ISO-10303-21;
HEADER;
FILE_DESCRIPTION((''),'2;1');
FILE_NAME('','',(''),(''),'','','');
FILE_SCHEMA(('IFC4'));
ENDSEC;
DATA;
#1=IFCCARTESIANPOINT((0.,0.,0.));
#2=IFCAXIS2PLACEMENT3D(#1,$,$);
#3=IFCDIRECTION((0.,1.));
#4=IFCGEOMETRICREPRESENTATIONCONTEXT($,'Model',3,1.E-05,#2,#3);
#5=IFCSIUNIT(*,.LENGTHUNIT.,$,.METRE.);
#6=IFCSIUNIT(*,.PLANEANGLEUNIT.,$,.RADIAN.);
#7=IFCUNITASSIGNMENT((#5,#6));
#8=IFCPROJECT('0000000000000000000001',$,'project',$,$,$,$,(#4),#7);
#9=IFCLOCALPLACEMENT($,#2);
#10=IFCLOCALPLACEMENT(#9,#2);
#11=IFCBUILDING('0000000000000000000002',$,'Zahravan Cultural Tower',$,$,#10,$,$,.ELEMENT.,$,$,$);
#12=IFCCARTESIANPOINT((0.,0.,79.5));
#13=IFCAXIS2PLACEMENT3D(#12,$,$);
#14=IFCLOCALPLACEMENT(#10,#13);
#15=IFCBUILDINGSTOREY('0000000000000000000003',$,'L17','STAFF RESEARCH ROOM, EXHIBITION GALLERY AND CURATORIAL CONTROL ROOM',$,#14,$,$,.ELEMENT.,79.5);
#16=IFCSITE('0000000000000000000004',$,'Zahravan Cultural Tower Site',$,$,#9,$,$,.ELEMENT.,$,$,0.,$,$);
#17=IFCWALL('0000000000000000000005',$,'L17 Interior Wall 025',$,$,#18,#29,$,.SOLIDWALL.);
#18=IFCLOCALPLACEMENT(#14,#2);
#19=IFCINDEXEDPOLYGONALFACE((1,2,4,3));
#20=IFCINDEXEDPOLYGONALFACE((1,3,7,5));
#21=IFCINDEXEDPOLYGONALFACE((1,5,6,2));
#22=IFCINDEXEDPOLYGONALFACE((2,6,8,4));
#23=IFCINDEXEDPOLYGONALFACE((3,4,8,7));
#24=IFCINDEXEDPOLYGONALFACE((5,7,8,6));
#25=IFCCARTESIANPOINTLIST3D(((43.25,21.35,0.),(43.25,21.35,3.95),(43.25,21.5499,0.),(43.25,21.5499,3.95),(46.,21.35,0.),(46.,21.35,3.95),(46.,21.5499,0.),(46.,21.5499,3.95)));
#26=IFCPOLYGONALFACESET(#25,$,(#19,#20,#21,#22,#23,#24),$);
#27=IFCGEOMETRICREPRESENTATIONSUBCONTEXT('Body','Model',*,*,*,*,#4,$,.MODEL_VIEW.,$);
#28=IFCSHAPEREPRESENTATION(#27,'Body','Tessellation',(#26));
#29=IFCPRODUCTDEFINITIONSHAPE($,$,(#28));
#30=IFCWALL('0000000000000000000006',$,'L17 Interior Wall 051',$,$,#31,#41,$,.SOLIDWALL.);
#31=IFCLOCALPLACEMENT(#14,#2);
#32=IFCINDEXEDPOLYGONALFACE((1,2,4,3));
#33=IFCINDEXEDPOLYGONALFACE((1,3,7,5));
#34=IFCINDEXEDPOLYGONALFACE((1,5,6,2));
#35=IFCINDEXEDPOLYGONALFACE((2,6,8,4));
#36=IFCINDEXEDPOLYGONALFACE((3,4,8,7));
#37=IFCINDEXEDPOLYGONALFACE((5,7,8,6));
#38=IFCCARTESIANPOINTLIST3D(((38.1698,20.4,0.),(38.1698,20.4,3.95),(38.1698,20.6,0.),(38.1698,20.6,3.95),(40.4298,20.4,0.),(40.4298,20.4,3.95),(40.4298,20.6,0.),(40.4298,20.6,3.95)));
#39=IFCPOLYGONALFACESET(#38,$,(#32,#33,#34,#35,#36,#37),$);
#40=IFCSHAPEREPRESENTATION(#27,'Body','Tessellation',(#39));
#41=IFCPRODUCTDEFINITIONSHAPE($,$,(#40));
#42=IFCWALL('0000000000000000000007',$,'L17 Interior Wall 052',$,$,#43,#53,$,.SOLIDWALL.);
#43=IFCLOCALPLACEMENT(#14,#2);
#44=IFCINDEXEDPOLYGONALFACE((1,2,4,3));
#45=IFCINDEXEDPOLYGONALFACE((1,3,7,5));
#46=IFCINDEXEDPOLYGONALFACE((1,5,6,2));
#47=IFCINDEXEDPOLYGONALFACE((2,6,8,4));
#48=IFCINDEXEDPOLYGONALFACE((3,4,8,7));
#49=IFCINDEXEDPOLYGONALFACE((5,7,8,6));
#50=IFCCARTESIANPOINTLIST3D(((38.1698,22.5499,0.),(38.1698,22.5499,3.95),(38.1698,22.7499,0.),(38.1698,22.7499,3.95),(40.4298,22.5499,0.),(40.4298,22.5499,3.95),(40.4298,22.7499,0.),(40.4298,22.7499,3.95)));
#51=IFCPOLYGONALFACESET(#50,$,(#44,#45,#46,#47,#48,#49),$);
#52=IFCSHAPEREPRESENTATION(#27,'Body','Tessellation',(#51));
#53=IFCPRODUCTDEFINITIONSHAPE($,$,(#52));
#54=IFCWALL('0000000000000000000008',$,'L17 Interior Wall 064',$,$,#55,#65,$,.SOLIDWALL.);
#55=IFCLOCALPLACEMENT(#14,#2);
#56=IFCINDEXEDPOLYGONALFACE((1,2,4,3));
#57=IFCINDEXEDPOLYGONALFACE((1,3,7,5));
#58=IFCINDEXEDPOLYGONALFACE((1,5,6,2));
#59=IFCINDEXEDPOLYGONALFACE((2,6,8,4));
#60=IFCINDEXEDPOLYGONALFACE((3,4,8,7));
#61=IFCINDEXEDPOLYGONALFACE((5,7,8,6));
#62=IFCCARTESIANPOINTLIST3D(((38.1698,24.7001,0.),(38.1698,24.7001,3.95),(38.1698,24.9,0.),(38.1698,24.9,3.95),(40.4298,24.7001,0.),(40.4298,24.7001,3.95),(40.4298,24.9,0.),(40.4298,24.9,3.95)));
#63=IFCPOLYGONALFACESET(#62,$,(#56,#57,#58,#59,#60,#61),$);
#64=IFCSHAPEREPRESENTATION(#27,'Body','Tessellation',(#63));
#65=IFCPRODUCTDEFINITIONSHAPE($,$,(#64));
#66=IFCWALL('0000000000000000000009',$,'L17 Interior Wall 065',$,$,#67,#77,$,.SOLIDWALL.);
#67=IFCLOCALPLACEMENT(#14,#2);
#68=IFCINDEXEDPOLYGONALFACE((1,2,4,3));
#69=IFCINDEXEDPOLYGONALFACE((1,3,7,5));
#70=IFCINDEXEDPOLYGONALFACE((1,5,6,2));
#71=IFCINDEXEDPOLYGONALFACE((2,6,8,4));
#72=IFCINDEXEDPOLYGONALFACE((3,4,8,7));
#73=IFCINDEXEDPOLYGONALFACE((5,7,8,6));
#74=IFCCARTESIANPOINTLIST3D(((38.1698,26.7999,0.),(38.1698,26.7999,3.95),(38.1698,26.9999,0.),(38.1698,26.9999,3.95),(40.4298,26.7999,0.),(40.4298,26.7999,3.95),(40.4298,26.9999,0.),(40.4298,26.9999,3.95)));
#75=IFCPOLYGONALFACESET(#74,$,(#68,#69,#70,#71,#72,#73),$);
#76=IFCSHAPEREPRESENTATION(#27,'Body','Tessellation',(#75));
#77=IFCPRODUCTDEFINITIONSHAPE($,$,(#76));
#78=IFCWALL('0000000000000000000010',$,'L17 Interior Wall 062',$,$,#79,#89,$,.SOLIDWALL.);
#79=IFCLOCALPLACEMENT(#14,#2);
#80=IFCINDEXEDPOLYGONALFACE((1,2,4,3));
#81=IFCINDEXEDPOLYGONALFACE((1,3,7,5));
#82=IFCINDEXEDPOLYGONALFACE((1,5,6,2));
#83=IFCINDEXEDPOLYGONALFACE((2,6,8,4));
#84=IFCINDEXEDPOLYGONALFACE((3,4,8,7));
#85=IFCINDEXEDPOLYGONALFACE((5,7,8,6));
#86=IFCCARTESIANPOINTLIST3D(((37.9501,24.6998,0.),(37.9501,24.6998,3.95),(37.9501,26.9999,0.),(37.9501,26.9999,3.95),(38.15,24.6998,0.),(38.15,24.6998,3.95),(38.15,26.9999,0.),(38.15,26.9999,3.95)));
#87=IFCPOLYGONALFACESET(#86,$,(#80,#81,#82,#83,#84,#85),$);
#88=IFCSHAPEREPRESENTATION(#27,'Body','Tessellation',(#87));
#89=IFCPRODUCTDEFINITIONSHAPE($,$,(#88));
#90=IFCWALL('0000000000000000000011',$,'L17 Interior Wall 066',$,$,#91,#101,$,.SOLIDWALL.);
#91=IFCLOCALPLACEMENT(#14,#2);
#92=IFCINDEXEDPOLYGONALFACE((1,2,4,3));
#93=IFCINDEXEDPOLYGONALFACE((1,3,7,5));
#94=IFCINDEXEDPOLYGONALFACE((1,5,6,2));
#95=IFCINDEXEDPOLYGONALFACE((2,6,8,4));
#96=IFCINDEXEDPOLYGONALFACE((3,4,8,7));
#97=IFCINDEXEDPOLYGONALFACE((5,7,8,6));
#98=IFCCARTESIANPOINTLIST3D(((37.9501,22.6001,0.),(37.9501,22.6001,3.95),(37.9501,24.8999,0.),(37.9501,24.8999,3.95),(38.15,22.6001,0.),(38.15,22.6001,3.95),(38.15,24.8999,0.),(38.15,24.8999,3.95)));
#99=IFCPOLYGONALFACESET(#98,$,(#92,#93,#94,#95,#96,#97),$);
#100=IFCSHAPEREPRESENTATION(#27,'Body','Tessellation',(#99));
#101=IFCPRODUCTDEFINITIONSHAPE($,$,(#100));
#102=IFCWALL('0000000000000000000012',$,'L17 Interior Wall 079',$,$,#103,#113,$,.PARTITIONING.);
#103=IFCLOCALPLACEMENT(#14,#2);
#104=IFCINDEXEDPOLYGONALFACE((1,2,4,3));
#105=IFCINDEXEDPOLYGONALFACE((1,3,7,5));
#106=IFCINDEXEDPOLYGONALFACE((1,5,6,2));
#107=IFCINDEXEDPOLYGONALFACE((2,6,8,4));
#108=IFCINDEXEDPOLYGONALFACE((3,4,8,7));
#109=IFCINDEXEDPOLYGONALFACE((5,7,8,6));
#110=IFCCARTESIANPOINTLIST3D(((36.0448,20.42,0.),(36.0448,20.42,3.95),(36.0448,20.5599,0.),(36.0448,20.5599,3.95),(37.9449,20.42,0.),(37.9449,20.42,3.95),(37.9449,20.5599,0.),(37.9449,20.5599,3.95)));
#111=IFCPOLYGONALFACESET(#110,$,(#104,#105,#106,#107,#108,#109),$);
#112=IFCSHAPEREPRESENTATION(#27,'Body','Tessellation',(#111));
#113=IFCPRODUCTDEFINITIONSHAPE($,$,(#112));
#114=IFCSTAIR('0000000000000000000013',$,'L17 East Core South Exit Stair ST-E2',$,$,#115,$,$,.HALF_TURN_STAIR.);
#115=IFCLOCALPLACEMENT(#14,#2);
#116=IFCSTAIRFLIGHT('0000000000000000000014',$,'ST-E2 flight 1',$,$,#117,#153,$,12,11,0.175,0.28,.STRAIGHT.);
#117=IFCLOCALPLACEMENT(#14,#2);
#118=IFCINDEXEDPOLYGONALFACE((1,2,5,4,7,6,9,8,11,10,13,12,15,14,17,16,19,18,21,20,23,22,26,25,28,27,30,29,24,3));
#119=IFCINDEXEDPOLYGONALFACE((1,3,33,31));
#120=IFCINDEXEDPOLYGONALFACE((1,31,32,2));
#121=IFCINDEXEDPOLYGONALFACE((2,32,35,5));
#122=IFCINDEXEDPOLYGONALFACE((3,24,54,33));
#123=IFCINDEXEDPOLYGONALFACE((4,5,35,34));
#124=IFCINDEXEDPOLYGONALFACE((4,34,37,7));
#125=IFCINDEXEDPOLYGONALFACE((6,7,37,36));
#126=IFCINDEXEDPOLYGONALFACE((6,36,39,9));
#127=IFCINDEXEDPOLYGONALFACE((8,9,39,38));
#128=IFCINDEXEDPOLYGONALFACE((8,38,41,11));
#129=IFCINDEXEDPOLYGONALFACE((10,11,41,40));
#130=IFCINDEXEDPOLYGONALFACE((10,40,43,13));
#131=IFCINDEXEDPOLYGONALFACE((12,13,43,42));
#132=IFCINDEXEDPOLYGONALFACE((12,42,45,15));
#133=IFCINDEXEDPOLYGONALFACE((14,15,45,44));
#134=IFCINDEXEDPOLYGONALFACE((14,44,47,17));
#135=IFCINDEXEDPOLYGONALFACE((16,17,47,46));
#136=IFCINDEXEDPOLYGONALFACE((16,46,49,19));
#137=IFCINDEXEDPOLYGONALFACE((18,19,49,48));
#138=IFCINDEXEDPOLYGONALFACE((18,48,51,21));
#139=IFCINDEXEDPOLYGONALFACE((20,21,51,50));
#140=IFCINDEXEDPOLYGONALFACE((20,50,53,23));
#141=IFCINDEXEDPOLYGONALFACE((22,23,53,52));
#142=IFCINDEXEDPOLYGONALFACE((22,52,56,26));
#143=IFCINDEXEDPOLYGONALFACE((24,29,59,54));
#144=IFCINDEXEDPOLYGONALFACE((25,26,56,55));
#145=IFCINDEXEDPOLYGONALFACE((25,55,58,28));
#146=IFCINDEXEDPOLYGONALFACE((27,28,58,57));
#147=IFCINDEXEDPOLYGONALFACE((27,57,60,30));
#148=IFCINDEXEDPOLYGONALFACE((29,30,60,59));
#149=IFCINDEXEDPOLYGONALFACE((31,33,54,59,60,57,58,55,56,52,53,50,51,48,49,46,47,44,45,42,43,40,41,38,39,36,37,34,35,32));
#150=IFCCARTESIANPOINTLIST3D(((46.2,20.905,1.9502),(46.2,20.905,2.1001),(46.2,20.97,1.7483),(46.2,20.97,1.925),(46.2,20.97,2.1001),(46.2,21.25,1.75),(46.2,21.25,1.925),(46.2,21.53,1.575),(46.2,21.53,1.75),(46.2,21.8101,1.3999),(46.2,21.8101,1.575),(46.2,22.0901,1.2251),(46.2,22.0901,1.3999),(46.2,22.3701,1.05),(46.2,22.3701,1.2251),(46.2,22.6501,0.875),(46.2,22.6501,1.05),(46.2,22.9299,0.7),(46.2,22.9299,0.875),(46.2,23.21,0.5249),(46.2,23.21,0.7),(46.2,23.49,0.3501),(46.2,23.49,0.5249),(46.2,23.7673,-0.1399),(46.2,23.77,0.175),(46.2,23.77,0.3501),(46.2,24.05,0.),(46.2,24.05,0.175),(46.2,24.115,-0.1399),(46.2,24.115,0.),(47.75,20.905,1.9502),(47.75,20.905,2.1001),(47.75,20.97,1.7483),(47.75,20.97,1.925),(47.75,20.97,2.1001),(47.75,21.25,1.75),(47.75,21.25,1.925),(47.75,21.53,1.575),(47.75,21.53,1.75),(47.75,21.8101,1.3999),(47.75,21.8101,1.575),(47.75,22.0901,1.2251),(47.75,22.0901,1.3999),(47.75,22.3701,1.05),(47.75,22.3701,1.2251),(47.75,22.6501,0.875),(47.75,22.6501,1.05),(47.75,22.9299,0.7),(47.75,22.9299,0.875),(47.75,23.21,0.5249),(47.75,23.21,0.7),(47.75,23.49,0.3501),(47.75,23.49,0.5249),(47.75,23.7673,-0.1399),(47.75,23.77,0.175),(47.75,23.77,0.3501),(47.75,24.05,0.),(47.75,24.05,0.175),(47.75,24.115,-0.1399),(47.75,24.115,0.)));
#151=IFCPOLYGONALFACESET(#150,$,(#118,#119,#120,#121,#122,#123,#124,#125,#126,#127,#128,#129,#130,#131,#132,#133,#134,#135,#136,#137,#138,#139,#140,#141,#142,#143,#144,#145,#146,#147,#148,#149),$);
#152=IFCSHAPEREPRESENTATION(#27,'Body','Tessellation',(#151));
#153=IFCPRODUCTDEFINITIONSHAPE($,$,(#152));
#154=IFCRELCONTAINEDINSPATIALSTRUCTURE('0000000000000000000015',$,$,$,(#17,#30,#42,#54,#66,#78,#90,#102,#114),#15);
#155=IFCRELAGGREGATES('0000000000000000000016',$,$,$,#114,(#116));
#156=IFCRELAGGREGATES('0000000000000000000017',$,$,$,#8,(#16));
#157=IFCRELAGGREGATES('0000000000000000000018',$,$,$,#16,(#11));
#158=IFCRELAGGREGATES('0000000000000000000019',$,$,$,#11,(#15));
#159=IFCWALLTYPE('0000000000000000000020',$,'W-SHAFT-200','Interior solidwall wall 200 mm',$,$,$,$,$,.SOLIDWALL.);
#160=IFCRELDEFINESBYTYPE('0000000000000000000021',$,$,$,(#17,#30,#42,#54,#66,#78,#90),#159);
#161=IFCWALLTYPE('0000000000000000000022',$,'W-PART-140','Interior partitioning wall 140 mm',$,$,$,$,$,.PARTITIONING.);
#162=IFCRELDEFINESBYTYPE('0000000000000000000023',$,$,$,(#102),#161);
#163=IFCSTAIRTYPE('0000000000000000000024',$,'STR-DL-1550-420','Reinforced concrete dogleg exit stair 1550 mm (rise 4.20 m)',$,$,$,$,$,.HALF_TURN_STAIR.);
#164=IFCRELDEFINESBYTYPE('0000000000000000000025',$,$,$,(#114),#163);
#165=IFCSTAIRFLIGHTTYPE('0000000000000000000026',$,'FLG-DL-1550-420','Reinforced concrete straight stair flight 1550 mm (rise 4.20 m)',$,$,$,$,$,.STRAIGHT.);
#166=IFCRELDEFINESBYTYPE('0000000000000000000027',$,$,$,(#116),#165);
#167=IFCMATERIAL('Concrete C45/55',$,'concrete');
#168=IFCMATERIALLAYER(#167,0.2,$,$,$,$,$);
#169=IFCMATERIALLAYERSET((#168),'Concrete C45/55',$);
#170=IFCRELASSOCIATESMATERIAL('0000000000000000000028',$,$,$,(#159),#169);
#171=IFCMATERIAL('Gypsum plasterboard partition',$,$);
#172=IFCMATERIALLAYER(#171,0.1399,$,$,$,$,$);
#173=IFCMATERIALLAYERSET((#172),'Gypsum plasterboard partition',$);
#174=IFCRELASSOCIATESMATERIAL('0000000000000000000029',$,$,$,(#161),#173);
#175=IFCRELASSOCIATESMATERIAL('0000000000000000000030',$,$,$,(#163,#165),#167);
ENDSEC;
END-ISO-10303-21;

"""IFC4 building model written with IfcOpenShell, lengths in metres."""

from ifc_helpers import new_model, si_unit, direction, frame, frame_2d, origin, place, context, subcontext, project, spatial, polyline, rectangle, outline, extrude, source, transform, mapped, material, layer, layer_set, type_object, element, aggregate, save


model = new_model("IFC4")

# Units and contexts
model_context = context("Model", 3, precision=1e-05, world=origin(), true_north=direction((0.0, 1.0)))
body_context = subcontext(model_context, "Body", "Model", "MODEL_VIEW")
ifc_project = project(units=[si_unit("LENGTHUNIT", "METRE"), si_unit("PLANEANGLEUNIT", "RADIAN")], contexts=[model_context])

# Site, building, storey
site_placement = place(None, origin())
site = spatial("IfcSite", under=ifc_project, at=site_placement, Name="Zahravan Cultural Tower Site", CompositionType="ELEMENT", RefElevation=0.0)
building_placement = place(site_placement, origin())
building = spatial("IfcBuilding", under=site, at=building_placement, Name="Zahravan Cultural Tower", CompositionType="ELEMENT")
storey_placement = place(building_placement, frame((0.0, 0.0, 79.5)))
storey = spatial("IfcBuildingStorey", under=building, at=storey_placement, Name="L17", Description="STAFF RESEARCH ROOM, EXHIBITION GALLERY AND CURATORIAL CONTROL ROOM", CompositionType="ELEMENT", Elevation=79.5)

# Shared definitions
ifc_material_1 = material(Name="Gypsum plasterboard partition")
ifc_material_2 = material(Name="Concrete C45/55", Category="concrete")
ifc_layer_1 = layer(ifc_material_2, 0.2)
ifc_layer_set_1 = layer_set([ifc_layer_1], Name="Concrete C45/55")
wall_type_1 = type_object("IfcWallType", Name="W-SHAFT-200", Description="Interior solidwall wall 200 mm", PredefinedType="SOLIDWALL", material=ifc_layer_set_1)

# Walls
shared_shape_1 = source(origin(), body_context, "Body", "SweptSolid", [
    extrude(rectangle(XDim=2.75, YDim=0.2, at=frame_2d((1.375, 0.0))), origin(), (0.0, 0.0, 1.0), 3.95),
])
for number, where, z_axis, x_axis, name in (
    (1, (43.25, 21.45, 0.0), (0.0, 0.0, 1.0), (1.0, 0.0, 0.0), "L17 Interior Wall 025"),
):
    element("IfcWall", number, at=place(storey_placement, frame(where, z_axis=z_axis, x_axis=x_axis)), inside=storey, type_object=wall_type_1, Name=name, PredefinedType="SOLIDWALL", context=body_context, shape_type="MappedRepresentation", body=[
        mapped(shared_shape_1, transform((0.0, 0.0, 0.0), x_axis=(1.0, 0.0, 0.0), y_axis=(0.0, 1.0, 0.0), z_axis=(0.0, 0.0, 1.0), scale=1.0)),
    ])
shared_shape_2 = source(origin(), body_context, "Body", "SweptSolid", [
    extrude(rectangle(XDim=2.26, YDim=0.2, at=frame_2d((1.1299, 0.0))), origin(), (0.0, 0.0, 1.0), 3.95),
])
for number, where, z_axis, x_axis, name in (
    (2, (38.1699, 20.5, 0.0), (0.0, 0.0, 1.0), (1.0, 0.0, 0.0), "L17 Interior Wall 051"),
    (3, (38.1699, 22.6499, 0.0), (0.0, 0.0, 1.0), (1.0, 0.0, 0.0), "L17 Interior Wall 052"),
    (4, (38.1699, 24.8, 0.0), (0.0, 0.0, 1.0), (1.0, 0.0, 0.0), "L17 Interior Wall 064"),
    (5, (38.1699, 26.8999, 0.0), (0.0, 0.0, 1.0), (1.0, 0.0, 0.0), "L17 Interior Wall 065"),
):
    element("IfcWall", number, at=place(storey_placement, frame(where, z_axis=z_axis, x_axis=x_axis)), inside=storey, type_object=wall_type_1, Name=name, PredefinedType="SOLIDWALL", context=body_context, shape_type="MappedRepresentation", body=[
        mapped(shared_shape_2, transform((0.0, 0.0, 0.0), x_axis=(1.0, 0.0, 0.0), y_axis=(0.0, 1.0, 0.0), z_axis=(0.0, 0.0, 1.0), scale=1.0)),
    ])
shared_shape_3 = source(origin(), body_context, "Body", "SweptSolid", [
    extrude(rectangle(XDim=2.3, YDim=0.2, at=frame_2d((1.1499, 0.0))), origin(), (0.0, 0.0, 1.0), 3.95),
])
wall_1_placement = place(storey_placement, frame((38.05, 24.7, 0.0), z_axis=(0.0, 0.0, 1.0), x_axis=(0.0, 1.0, 0.0)))
element("IfcWall", 6, at=wall_1_placement, inside=storey, type_object=wall_type_1, Name="L17 Interior Wall 062", PredefinedType="SOLIDWALL", context=body_context, shape_type="MappedRepresentation", body=[
    mapped(shared_shape_3, transform((0.0, 0.0, 0.0), x_axis=(1.0, 0.0, 0.0), y_axis=(0.0, 1.0, 0.0), z_axis=(0.0, 0.0, 1.0), scale=1.0)),
])
shared_shape_4 = source(origin(), body_context, "Body", "SweptSolid", [
    extrude(rectangle(XDim=2.2998, YDim=0.2, at=frame_2d((1.1499, 0.0))), origin(), (0.0, 0.0, 1.0), 3.95),
])
wall_2_placement = place(storey_placement, frame((38.05, 22.6001, 0.0), z_axis=(0.0, 0.0, 1.0), x_axis=(0.0, 1.0, 0.0)))
element("IfcWall", 7, at=wall_2_placement, inside=storey, type_object=wall_type_1, Name="L17 Interior Wall 066", PredefinedType="SOLIDWALL", context=body_context, shape_type="MappedRepresentation", body=[
    mapped(shared_shape_4, transform((0.0, 0.0, 0.0), x_axis=(1.0, 0.0, 0.0), y_axis=(0.0, 1.0, 0.0), z_axis=(0.0, 0.0, 1.0), scale=1.0)),
])
ifc_layer_2 = layer(ifc_material_1, 0.1399)
ifc_layer_set_2 = layer_set([ifc_layer_2], Name="Gypsum plasterboard partition")
wall_type_2 = type_object("IfcWallType", Name="W-PART-140", Description="Interior partitioning wall 140 mm", PredefinedType="PARTITIONING", material=ifc_layer_set_2)
shared_shape_5 = source(origin(), body_context, "Body", "SweptSolid", [
    extrude(rectangle(XDim=1.9001, YDim=0.1399, at=frame_2d((0.9502, 0.0))), origin(), (0.0, 0.0, 1.0), 3.95),
])
wall_3_placement = place(storey_placement, frame((37.9451, 20.49, 0.0), z_axis=(0.0, 0.0, 1.0), x_axis=(-1.0, 0.0, 0.0)))
element("IfcWall", 8, at=wall_3_placement, inside=storey, type_object=wall_type_2, Name="L17 Interior Wall 079", PredefinedType="PARTITIONING", context=body_context, shape_type="MappedRepresentation", body=[
    mapped(shared_shape_5, transform((0.0, 0.0, 0.0), x_axis=(1.0, 0.0, 0.0), y_axis=(0.0, 1.0, 0.0), z_axis=(0.0, 0.0, 1.0), scale=1.0)),
])

# Stair, stair flight
stair_type = type_object("IfcStairType", Name="STR-DL-1550-420", Description="Reinforced concrete dogleg exit stair 1550 mm (rise 4.20 m)", PredefinedType="HALF_TURN_STAIR", material=ifc_material_2)
stair_placement = place(storey_placement, origin())
stair = element("IfcStair", 9, at=stair_placement, inside=storey, type_object=stair_type, Name="L17 East Core South Exit Stair ST-E2", PredefinedType="HALF_TURN_STAIR")
stair_flight_type = type_object("IfcStairFlightType", Name="FLG-DL-1550-420", Description="Reinforced concrete straight stair flight 1550 mm (rise 4.20 m)", PredefinedType="STRAIGHT", material=ifc_material_2)
stair_flight_placement = place(storey_placement, frame((46.9751, 24.05, 0.0), z_axis=(0.0, 0.0, 1.0), x_axis=(0.0, -1.0, 0.0)))
stair_flight = element("IfcStairFlight", 10, at=stair_flight_placement, type_object=stair_flight_type, Name="ST-E2 flight 1", NumberOfRisers=12, NumberOfTreads=11, PredefinedType="STRAIGHT", RiserHeight=0.175, TreadLength=0.28, context=body_context, shape_type="SweptSolid", body=[
    extrude(outline(polyline([(-0.0649, -0.1399), (-0.0649, 0.0), (0.0, 0.0), (0.0, 0.175), (0.28, 0.175), (0.28, 0.3501), (0.5601, 0.3501), (0.5601, 0.5249), (0.8401, 0.5249), (0.8401, 0.7), (1.1201, 0.7), (1.1201, 0.875), (1.3999, 0.875), (1.3999, 1.05), (1.6799, 1.05), (1.6799, 1.2251), (1.96, 1.2251), (1.96, 1.3999), (2.24, 1.3999), (2.24, 1.575), (2.52, 1.575), (2.52, 1.75), (2.8, 1.75), (2.8, 1.925), (3.0801, 1.925), (3.0801, 2.1001), (3.145, 2.1001), (3.145, 1.9502), (3.0801, 1.7483), (0.2827, -0.1399), (-0.0649, -0.1399)])), frame((0.0, 0.7749, 0.0), z_axis=(0.0, -1.0, 0.0), x_axis=(1.0, 0.0, 0.0)), (0.0, 0.0, 1.0), 1.55),
])
aggregate(stair, [stair_flight])

save(model, "model.ifc")
